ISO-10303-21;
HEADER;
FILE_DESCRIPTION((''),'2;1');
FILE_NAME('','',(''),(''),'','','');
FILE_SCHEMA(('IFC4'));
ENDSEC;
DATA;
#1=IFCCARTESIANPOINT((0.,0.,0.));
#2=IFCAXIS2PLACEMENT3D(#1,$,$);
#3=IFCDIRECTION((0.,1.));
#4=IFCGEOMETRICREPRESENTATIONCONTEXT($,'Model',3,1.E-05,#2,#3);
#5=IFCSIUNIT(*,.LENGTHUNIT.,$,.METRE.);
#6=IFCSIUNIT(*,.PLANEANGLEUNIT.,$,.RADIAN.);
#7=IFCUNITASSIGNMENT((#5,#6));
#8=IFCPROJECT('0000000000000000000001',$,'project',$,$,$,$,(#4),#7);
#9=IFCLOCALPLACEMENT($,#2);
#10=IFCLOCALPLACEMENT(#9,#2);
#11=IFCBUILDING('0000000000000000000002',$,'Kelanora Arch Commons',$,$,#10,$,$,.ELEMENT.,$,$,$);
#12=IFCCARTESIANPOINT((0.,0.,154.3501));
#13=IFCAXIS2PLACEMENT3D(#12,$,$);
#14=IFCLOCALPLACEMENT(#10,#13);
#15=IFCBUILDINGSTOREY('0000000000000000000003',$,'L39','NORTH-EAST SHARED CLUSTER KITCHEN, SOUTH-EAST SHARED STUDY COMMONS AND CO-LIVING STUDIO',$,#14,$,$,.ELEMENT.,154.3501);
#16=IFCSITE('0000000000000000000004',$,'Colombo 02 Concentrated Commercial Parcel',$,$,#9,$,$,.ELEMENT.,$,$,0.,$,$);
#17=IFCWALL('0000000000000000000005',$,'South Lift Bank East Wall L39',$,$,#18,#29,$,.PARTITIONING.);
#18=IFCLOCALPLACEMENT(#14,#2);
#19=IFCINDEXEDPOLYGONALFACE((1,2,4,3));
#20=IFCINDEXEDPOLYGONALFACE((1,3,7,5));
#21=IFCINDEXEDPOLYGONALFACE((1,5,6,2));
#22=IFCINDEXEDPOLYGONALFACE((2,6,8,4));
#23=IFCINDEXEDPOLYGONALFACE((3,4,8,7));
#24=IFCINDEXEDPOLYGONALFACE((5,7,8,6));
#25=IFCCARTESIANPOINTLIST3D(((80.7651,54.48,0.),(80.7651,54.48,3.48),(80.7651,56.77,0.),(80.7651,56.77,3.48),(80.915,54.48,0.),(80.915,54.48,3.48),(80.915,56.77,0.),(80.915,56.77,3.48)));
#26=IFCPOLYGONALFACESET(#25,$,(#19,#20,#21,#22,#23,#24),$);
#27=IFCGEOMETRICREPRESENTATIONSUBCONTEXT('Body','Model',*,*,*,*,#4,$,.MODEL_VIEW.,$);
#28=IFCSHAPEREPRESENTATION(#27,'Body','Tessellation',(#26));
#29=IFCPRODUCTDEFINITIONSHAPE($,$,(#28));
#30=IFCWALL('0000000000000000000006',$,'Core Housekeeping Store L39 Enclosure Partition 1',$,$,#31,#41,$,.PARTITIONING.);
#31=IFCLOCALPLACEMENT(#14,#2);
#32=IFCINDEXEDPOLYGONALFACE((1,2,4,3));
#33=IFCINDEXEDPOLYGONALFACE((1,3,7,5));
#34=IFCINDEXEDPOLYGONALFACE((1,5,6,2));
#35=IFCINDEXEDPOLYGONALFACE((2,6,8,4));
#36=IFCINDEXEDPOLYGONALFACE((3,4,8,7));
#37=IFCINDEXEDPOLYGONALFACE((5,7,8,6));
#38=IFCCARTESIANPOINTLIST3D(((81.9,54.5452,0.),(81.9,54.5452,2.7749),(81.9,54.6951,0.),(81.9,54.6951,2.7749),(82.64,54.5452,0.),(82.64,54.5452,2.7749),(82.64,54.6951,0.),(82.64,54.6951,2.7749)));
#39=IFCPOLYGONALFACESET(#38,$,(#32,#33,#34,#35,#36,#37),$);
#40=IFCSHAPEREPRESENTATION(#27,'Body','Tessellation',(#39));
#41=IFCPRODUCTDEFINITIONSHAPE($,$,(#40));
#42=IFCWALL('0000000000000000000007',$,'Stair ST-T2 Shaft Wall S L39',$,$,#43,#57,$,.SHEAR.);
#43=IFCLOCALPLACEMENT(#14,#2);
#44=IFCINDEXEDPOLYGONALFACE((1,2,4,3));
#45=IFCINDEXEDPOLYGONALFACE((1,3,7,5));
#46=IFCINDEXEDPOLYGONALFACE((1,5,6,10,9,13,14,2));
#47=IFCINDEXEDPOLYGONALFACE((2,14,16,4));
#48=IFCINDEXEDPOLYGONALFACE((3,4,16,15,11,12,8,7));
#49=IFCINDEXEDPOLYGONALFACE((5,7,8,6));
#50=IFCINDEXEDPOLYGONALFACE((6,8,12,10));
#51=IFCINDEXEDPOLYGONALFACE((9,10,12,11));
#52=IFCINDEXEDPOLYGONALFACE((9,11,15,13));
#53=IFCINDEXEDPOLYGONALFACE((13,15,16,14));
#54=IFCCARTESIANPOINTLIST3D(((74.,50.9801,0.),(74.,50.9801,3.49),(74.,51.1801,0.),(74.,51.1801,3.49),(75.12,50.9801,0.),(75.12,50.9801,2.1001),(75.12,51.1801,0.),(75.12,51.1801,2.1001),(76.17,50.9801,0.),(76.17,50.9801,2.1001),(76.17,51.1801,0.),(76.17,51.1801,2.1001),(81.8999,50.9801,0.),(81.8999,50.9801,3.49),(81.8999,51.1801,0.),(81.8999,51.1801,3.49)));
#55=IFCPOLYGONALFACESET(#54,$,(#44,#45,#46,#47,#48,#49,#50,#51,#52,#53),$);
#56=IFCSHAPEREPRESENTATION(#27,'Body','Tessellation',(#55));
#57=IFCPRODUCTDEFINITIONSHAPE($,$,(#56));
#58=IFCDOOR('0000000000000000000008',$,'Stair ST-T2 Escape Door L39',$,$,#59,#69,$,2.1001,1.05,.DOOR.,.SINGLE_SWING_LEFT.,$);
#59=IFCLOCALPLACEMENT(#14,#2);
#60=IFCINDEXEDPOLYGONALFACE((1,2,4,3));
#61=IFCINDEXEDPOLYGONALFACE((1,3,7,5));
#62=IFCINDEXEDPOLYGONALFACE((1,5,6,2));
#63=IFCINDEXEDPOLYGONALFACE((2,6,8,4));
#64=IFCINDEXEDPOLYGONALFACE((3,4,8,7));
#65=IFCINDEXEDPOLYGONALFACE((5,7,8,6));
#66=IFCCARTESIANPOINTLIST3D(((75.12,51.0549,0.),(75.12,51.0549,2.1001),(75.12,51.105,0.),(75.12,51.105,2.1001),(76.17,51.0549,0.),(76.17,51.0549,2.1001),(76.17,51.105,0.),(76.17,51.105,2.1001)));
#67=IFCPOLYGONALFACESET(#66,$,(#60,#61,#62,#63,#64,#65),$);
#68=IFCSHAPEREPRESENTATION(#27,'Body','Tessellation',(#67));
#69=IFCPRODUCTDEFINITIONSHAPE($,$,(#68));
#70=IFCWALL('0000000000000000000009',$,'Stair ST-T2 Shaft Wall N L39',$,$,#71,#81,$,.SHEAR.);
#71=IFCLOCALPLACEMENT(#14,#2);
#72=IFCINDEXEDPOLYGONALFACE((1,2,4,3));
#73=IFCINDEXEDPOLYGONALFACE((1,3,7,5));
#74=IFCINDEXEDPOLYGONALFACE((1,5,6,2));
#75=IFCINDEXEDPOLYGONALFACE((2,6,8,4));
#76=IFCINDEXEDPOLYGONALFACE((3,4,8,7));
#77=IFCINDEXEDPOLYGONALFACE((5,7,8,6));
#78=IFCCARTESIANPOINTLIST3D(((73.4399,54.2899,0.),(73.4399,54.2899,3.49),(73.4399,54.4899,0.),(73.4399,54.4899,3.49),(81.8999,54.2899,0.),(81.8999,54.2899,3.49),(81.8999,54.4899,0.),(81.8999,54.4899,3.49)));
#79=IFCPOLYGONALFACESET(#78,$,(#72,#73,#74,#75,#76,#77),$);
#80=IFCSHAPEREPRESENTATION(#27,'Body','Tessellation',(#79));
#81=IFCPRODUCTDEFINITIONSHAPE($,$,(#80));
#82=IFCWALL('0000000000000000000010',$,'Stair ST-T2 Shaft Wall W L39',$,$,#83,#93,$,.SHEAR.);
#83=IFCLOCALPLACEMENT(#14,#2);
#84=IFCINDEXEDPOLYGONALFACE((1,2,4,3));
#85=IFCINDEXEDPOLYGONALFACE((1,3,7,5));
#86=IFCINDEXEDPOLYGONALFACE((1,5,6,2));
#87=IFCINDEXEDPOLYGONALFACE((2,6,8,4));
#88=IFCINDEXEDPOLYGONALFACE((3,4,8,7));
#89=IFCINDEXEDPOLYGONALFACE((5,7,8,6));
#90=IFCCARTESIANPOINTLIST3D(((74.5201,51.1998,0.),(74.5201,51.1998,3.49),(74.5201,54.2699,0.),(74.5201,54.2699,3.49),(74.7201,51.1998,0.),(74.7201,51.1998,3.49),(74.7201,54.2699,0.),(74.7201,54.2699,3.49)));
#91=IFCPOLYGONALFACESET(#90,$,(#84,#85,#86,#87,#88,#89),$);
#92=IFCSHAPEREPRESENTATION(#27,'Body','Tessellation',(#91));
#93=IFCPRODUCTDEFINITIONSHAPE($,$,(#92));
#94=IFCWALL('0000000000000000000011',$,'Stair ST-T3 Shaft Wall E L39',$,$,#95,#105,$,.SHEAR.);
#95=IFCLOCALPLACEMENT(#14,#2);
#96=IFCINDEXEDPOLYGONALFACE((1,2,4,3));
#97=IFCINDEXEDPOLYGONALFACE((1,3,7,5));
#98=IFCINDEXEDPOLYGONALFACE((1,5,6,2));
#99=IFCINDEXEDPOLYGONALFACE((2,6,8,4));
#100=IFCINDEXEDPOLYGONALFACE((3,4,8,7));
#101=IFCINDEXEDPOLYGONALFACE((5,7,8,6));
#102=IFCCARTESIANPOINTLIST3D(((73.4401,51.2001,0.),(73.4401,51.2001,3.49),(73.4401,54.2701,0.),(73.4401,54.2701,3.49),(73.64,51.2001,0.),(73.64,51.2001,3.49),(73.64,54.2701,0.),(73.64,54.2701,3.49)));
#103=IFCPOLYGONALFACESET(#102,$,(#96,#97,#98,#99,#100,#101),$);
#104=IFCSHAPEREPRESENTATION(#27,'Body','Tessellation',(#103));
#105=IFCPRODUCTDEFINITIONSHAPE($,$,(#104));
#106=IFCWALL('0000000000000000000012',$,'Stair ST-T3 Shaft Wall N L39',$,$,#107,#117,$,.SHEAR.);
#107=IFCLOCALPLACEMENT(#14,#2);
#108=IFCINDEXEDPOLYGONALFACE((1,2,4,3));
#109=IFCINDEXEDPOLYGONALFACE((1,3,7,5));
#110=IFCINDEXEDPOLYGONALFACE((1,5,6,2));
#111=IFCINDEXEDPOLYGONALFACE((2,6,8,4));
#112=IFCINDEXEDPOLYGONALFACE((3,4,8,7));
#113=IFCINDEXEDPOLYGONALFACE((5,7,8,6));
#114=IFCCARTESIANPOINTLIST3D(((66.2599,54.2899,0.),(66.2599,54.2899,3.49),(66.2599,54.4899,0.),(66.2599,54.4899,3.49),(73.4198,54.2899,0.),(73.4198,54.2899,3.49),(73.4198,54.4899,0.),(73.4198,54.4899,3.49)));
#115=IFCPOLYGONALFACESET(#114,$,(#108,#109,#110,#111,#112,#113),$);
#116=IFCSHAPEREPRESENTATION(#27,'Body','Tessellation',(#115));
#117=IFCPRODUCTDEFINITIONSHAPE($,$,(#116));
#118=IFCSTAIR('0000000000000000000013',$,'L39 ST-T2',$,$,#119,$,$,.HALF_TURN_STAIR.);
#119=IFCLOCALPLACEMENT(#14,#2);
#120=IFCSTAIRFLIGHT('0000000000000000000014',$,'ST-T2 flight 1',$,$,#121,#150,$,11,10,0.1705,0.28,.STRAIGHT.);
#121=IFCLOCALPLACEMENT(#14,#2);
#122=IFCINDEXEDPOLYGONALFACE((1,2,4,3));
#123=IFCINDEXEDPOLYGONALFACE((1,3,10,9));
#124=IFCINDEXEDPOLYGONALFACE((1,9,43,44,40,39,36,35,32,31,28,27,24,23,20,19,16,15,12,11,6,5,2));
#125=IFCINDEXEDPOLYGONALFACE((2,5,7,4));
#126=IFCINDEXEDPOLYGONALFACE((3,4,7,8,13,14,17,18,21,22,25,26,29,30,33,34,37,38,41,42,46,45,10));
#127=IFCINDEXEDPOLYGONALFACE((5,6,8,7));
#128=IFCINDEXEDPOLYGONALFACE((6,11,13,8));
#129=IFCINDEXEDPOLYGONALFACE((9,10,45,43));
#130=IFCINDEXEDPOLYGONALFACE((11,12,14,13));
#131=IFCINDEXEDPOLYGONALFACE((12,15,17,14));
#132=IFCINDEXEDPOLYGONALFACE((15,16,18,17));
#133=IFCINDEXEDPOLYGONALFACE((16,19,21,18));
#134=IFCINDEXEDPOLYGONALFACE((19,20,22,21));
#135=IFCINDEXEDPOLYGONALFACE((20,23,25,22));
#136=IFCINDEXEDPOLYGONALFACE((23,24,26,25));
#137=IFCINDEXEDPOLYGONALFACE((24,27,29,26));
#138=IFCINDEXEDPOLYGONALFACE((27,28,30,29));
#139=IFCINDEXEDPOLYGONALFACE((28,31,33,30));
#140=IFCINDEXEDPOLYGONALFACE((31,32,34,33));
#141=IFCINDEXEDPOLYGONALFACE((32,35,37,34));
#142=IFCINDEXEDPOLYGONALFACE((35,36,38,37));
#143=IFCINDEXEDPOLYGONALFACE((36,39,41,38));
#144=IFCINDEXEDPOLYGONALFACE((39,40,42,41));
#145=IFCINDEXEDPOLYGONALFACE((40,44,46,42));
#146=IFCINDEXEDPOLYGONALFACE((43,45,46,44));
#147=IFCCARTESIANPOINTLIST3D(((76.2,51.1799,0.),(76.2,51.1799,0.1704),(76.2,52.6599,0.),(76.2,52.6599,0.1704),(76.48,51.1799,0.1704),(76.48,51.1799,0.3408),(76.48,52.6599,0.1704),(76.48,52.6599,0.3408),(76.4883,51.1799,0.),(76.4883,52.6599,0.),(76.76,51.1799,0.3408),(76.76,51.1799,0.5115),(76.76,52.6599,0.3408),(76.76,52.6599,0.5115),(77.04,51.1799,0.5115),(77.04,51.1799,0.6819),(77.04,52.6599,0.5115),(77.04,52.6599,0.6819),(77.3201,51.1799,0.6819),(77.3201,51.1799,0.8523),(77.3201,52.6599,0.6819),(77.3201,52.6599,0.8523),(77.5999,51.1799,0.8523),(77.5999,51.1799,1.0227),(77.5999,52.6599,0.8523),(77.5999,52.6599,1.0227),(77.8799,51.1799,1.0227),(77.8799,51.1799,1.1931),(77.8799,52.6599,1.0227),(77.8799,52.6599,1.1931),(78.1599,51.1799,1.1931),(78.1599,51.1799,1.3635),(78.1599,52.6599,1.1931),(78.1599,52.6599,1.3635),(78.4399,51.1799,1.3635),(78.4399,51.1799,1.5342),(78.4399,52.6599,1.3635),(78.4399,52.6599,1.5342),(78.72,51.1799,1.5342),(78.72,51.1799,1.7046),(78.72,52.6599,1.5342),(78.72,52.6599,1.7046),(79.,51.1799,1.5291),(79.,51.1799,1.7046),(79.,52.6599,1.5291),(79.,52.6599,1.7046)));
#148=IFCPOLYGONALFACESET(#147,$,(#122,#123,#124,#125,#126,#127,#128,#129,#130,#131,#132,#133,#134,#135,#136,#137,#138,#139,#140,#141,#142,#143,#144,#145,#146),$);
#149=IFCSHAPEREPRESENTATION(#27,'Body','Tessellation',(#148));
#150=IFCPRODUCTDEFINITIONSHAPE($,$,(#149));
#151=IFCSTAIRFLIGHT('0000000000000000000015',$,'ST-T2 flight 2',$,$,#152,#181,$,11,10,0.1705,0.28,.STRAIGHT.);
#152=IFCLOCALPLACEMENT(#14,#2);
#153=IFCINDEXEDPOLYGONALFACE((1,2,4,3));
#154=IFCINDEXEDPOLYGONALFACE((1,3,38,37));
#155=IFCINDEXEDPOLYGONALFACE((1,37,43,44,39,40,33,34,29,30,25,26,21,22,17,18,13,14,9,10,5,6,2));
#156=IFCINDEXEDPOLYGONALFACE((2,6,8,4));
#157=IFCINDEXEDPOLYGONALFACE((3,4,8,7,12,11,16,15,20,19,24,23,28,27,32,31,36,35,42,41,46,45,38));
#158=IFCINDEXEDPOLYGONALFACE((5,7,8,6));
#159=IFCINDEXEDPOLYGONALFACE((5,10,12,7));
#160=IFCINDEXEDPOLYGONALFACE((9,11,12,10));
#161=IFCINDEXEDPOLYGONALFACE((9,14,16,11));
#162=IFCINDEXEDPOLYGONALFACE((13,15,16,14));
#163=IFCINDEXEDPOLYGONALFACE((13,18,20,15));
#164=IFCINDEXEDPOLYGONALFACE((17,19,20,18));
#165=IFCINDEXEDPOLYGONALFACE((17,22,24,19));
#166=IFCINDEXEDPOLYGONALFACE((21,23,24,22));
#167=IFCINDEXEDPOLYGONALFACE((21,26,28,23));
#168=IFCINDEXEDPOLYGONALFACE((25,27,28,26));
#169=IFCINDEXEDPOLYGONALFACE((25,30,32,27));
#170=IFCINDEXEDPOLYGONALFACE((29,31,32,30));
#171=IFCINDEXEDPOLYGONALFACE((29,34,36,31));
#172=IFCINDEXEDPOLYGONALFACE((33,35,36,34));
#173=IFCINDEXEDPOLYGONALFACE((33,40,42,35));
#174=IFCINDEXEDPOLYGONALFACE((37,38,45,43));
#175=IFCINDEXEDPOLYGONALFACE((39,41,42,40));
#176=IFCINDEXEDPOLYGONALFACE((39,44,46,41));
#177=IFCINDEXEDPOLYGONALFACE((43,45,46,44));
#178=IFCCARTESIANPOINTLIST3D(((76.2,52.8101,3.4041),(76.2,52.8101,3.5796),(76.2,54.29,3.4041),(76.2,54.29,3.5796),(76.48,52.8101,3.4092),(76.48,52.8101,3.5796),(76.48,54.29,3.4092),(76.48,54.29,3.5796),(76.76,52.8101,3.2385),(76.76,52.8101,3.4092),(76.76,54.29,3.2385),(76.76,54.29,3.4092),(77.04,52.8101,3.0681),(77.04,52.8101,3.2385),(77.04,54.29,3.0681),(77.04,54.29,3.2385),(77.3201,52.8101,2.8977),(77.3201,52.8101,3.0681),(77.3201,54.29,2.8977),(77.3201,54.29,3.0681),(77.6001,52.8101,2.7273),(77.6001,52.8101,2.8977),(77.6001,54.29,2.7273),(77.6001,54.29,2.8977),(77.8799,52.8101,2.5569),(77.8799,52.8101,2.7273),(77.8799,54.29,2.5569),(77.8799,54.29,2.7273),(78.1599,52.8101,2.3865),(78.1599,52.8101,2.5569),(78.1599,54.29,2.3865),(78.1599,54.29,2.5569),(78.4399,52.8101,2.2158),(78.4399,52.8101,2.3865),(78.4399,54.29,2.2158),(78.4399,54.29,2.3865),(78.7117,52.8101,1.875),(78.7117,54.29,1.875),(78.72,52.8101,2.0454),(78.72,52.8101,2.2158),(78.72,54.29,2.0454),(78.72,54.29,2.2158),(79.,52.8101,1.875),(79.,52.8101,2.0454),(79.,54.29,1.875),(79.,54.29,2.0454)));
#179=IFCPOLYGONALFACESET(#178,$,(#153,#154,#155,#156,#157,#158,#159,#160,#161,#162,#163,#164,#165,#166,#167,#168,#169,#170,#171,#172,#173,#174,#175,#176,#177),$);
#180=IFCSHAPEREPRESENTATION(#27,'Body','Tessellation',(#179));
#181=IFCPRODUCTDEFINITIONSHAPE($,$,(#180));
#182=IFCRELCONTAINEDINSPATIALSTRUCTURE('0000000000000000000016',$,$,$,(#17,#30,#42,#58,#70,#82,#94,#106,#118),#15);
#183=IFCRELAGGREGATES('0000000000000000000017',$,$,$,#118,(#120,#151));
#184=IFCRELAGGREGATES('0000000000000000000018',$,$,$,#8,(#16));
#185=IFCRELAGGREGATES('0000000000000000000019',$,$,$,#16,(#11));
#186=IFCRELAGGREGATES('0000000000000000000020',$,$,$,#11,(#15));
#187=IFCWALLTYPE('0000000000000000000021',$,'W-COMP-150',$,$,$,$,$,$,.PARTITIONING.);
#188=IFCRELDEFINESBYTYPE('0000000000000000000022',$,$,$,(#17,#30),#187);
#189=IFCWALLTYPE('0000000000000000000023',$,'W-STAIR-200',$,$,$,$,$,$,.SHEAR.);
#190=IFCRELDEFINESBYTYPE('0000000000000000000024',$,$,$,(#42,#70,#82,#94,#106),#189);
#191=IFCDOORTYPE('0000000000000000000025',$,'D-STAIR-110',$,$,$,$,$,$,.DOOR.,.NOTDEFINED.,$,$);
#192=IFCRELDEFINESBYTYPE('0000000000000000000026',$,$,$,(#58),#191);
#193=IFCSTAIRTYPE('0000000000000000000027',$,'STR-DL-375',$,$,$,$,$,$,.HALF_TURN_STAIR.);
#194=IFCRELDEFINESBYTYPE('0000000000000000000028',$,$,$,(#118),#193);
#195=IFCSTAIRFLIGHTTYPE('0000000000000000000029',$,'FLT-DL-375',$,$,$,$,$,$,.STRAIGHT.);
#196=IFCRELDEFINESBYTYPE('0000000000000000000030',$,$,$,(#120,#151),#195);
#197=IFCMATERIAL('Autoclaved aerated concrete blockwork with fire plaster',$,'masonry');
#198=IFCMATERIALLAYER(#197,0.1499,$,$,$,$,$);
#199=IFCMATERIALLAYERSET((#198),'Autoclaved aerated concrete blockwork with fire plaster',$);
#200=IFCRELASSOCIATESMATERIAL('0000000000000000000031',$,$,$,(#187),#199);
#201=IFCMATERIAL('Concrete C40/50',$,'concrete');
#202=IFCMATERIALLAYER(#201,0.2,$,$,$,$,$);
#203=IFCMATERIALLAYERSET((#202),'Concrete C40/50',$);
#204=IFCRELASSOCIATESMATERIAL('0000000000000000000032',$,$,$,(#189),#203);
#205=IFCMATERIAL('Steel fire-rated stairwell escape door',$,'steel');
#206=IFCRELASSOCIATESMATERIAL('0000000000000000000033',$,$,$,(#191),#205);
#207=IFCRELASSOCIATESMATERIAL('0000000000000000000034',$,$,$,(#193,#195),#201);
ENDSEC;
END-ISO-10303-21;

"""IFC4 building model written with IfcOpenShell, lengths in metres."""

from ifc_helpers import new_model, si_unit, direction, frame, frame_2d, origin, place, context, subcontext, project, spatial, polyline, rectangle, outline, extrude, material, layer, layer_set, type_object, element, fill, aggregate, save


model = new_model("IFC4")

# Units and contexts
model_context = context("Model", 3, precision=1e-05, world=origin(), true_north=direction((0.0, 1.0)))
body_context = subcontext(model_context, "Body", "Model", "MODEL_VIEW")
ifc_project = project(units=[si_unit("LENGTHUNIT", "METRE"), si_unit("PLANEANGLEUNIT", "RADIAN")], contexts=[model_context])

# Site, building, storey
site_placement = place(None, origin())
site = spatial("IfcSite", under=ifc_project, at=site_placement, Name="Colombo 02 Concentrated Commercial Parcel", CompositionType="ELEMENT", RefElevation=0.0)
building_placement = place(site_placement, origin())
building = spatial("IfcBuilding", under=site, at=building_placement, Name="Kelanora Arch Commons", CompositionType="ELEMENT")
storey_placement = place(building_placement, frame((0.0, 0.0, 154.3501)))
storey = spatial("IfcBuildingStorey", under=building, at=storey_placement, Name="L39", Description="NORTH-EAST SHARED CLUSTER KITCHEN, SOUTH-EAST SHARED STUDY COMMONS AND CO-LIVING STUDIO", CompositionType="ELEMENT", Elevation=154.3501)

# Walls
ifc_material_1 = material(Name="Autoclaved aerated concrete blockwork with fire plaster", Category="masonry")
ifc_layer_1 = layer(ifc_material_1, 0.1499)
ifc_layer_set_1 = layer_set([ifc_layer_1], Name="Autoclaved aerated concrete blockwork with fire plaster")
wall_type_1 = type_object("IfcWallType", Name="W-COMP-150", PredefinedType="PARTITIONING", material=ifc_layer_set_1)
wall_1_placement = place(storey_placement, frame((80.8401, 54.48, 0.0), z_axis=(0.0, 0.0, 1.0), x_axis=(0.0, 1.0, 0.0)))
element("IfcWall", 1, at=wall_1_placement, inside=storey, type_object=wall_type_1, Name="South Lift Bank East Wall L39", PredefinedType="PARTITIONING", context=body_context, shape_type="SweptSolid", body=[
    extrude(rectangle(XDim=2.29, YDim=0.1499, at=frame_2d((1.145, 0.0))), origin(), (0.0, 0.0, 1.0), 3.48),
])
wall_2_placement = place(storey_placement, frame((81.8999, 54.6201, 0.0), z_axis=(0.0, 0.0, 1.0), x_axis=(1.0, 0.0, 0.0)))
element("IfcWall", 2, at=wall_2_placement, inside=storey, type_object=wall_type_1, Name="Core Housekeeping Store L39 Enclosure Partition 1", PredefinedType="PARTITIONING", context=body_context, shape_type="SweptSolid", body=[
    extrude(rectangle(XDim=0.74, YDim=0.1499, at=frame_2d((0.3701, 0.0))), origin(), (0.0, 0.0, 1.0), 2.7749),
])

# Wall, opening, door
ifc_material_2 = material(Name="Concrete C40/50", Category="concrete")
ifc_layer_2 = layer(ifc_material_2, 0.2)
ifc_layer_set_2 = layer_set([ifc_layer_2], Name="Concrete C40/50")
wall_type_2 = type_object("IfcWallType", Name="W-STAIR-200", PredefinedType="SHEAR", material=ifc_layer_set_2)
wall_3_placement = place(storey_placement, frame((74.0, 51.0801, 0.0), z_axis=(0.0, 0.0, 1.0), x_axis=(1.0, 0.0, 0.0)))
wall_3 = element("IfcWall", 3, at=wall_3_placement, inside=storey, type_object=wall_type_2, Name="Stair ST-T2 Shaft Wall S L39", PredefinedType="SHEAR", context=body_context, shape_type="SweptSolid", body=[
    extrude(rectangle(XDim=7.8999, YDim=0.2, at=frame_2d((3.95, 0.0))), origin(), (0.0, 0.0, 1.0), 3.49),
])
opening_placement = place(wall_3_placement, frame((1.1201, 0.0, 0.0)))
opening = element("IfcOpeningElement", 4, at=opening_placement, cuts=wall_3, PredefinedType="OPENING", context=body_context, shape_type="SweptSolid", body=[
    extrude(rectangle(XDim=1.05, YDim=2.1001, at=frame_2d((0.5249, 1.05))), frame((0.0, 0.1099, 0.0), z_axis=(0.0, -1.0, 0.0), x_axis=(1.0, 0.0, 0.0)), (0.0, 0.0, 1.0), 0.22),
])
ifc_material_3 = material(Name="Steel fire-rated stairwell escape door", Category="steel")
door_type = type_object("IfcDoorType", Name="D-STAIR-110", OperationType="NOTDEFINED", PredefinedType="DOOR", material=ifc_material_3)
door_placement = place(opening_placement, origin())
door = element("IfcDoor", 5, at=door_placement, inside=storey, type_object=door_type, Name="Stair ST-T2 Escape Door L39", OperationType="SINGLE_SWING_LEFT", OverallHeight=2.1001, OverallWidth=1.05, PredefinedType="DOOR", context=body_context, shape_type="SweptSolid", body=[
    extrude(rectangle(XDim=1.05, YDim=2.1001, at=frame_2d((0.5249, 1.05))), frame((0.0, 0.0249, 0.0), z_axis=(0.0, -1.0, 0.0), x_axis=(1.0, 0.0, 0.0)), (0.0, 0.0, 1.0), 0.05),
])
fill(opening, door)

# Walls
wall_4_placement = place(storey_placement, frame((81.8999, 54.3899, 0.0), z_axis=(0.0, 0.0, 1.0), x_axis=(-1.0, 0.0, 0.0)))
element("IfcWall", 6, at=wall_4_placement, inside=storey, type_object=wall_type_2, Name="Stair ST-T2 Shaft Wall N L39", PredefinedType="SHEAR", context=body_context, shape_type="SweptSolid", body=[
    extrude(rectangle(XDim=8.46, YDim=0.2, at=frame_2d((4.23, 0.0))), origin(), (0.0, 0.0, 1.0), 3.49),
])
for number, where, z_axis, x_axis, name in (
    (7, (74.6201, 54.27, 0.0), (0.0, 0.0, 1.0), (0.0, -1.0, 0.0), "Stair ST-T2 Shaft Wall W L39"),
    (8, (73.54, 51.2, 0.0), (0.0, 0.0, 1.0), (0.0, 1.0, 0.0), "Stair ST-T3 Shaft Wall E L39"),
):
    element("IfcWall", number, at=place(storey_placement, frame(where, z_axis=z_axis, x_axis=x_axis)), inside=storey, type_object=wall_type_2, Name=name, PredefinedType="SHEAR", context=body_context, shape_type="SweptSolid", body=[
        extrude(rectangle(XDim=3.0701, YDim=0.2, at=frame_2d((1.5352, 0.0))), origin(), (0.0, 0.0, 1.0), 3.49),
    ])
wall_5_placement = place(storey_placement, frame((73.4199, 54.3899, 0.0), z_axis=(0.0, 0.0, 1.0), x_axis=(-1.0, 0.0, 0.0)))
element("IfcWall", 9, at=wall_5_placement, inside=storey, type_object=wall_type_2, Name="Stair ST-T3 Shaft Wall N L39", PredefinedType="SHEAR", context=body_context, shape_type="SweptSolid", body=[
    extrude(rectangle(XDim=7.1599, YDim=0.2, at=frame_2d((3.5801, 0.0))), origin(), (0.0, 0.0, 1.0), 3.49),
])

# Stair, stair flights
stair_type = type_object("IfcStairType", Name="STR-DL-375", PredefinedType="HALF_TURN_STAIR", material=ifc_material_2)
stair_placement = place(storey_placement, origin())
stair = element("IfcStair", 10, at=stair_placement, inside=storey, type_object=stair_type, Name="L39 ST-T2", PredefinedType="HALF_TURN_STAIR")
stair_flight_type = type_object("IfcStairFlightType", Name="FLT-DL-375", PredefinedType="STRAIGHT", material=ifc_material_2)
stair_flight_1_placement = place(storey_placement, frame((76.2, 51.9199, 0.0), z_axis=(0.0, 0.0, 1.0), x_axis=(1.0, 0.0, 0.0)))
stair_flight_1 = element("IfcStairFlight", 11, at=stair_flight_1_placement, type_object=stair_flight_type, Name="ST-T2 flight 1", NumberOfRisers=11, NumberOfTreads=10, PredefinedType="STRAIGHT", RiserHeight=0.1705, TreadLength=0.28, context=body_context, shape_type="SweptSolid", body=[
    extrude(outline(polyline([(0.0, 0.0), (0.0, 0.1704), (0.28, 0.1704), (0.28, 0.3408), (0.5601, 0.3408), (0.5601, 0.5115), (0.8401, 0.5115), (0.8401, 0.6819), (1.1201, 0.6819), (1.1201, 0.8523), (1.3999, 0.8523), (1.3999, 1.0227), (1.6799, 1.0227), (1.6799, 1.1931), (1.96, 1.1931), (1.96, 1.3635), (2.24, 1.3635), (2.24, 1.5342), (2.52, 1.5342), (2.52, 1.7046), (2.8, 1.7046), (2.8, 1.875), (2.8, 1.5291), (0.2883, 0.0), (0.0, 0.0)])), frame((0.0, 0.74, 0.0), z_axis=(0.0, -1.0, 0.0), x_axis=(1.0, 0.0, 0.0)), (0.0, 0.0, 1.0), 1.48),
])
stair_flight_2_placement = place(storey_placement, frame((79.0, 53.55, 1.875), z_axis=(0.0, 0.0, 1.0), x_axis=(-1.0, 0.0, 0.0)))
stair_flight_2 = element("IfcStairFlight", 12, at=stair_flight_2_placement, type_object=stair_flight_type, Name="ST-T2 flight 2", NumberOfRisers=11, NumberOfTreads=10, PredefinedType="STRAIGHT", RiserHeight=0.1705, TreadLength=0.28, context=body_context, shape_type="SweptSolid", body=[
    extrude(outline(polyline([(0.0, 0.0), (0.0, 0.1704), (0.28, 0.1704), (0.28, 0.3408), (0.5601, 0.3408), (0.5601, 0.5115), (0.8401, 0.5115), (0.8401, 0.6819), (1.1201, 0.6819), (1.1201, 0.8523), (1.3999, 0.8523), (1.3999, 1.0227), (1.6799, 1.0227), (1.6799, 1.1931), (1.96, 1.1931), (1.96, 1.3635), (2.24, 1.3635), (2.24, 1.5342), (2.52, 1.5342), (2.52, 1.7046), (2.8, 1.7046), (2.8, 1.875), (2.8, 1.5291), (0.2883, 0.0), (0.0, 0.0)])), frame((0.0, 0.74, 0.0), z_axis=(0.0, -1.0, 0.0), x_axis=(1.0, 0.0, 0.0)), (0.0, 0.0, 1.0), 1.48),
])
aggregate(stair, [stair_flight_1, stair_flight_2])

save(model, "model.ifc")
